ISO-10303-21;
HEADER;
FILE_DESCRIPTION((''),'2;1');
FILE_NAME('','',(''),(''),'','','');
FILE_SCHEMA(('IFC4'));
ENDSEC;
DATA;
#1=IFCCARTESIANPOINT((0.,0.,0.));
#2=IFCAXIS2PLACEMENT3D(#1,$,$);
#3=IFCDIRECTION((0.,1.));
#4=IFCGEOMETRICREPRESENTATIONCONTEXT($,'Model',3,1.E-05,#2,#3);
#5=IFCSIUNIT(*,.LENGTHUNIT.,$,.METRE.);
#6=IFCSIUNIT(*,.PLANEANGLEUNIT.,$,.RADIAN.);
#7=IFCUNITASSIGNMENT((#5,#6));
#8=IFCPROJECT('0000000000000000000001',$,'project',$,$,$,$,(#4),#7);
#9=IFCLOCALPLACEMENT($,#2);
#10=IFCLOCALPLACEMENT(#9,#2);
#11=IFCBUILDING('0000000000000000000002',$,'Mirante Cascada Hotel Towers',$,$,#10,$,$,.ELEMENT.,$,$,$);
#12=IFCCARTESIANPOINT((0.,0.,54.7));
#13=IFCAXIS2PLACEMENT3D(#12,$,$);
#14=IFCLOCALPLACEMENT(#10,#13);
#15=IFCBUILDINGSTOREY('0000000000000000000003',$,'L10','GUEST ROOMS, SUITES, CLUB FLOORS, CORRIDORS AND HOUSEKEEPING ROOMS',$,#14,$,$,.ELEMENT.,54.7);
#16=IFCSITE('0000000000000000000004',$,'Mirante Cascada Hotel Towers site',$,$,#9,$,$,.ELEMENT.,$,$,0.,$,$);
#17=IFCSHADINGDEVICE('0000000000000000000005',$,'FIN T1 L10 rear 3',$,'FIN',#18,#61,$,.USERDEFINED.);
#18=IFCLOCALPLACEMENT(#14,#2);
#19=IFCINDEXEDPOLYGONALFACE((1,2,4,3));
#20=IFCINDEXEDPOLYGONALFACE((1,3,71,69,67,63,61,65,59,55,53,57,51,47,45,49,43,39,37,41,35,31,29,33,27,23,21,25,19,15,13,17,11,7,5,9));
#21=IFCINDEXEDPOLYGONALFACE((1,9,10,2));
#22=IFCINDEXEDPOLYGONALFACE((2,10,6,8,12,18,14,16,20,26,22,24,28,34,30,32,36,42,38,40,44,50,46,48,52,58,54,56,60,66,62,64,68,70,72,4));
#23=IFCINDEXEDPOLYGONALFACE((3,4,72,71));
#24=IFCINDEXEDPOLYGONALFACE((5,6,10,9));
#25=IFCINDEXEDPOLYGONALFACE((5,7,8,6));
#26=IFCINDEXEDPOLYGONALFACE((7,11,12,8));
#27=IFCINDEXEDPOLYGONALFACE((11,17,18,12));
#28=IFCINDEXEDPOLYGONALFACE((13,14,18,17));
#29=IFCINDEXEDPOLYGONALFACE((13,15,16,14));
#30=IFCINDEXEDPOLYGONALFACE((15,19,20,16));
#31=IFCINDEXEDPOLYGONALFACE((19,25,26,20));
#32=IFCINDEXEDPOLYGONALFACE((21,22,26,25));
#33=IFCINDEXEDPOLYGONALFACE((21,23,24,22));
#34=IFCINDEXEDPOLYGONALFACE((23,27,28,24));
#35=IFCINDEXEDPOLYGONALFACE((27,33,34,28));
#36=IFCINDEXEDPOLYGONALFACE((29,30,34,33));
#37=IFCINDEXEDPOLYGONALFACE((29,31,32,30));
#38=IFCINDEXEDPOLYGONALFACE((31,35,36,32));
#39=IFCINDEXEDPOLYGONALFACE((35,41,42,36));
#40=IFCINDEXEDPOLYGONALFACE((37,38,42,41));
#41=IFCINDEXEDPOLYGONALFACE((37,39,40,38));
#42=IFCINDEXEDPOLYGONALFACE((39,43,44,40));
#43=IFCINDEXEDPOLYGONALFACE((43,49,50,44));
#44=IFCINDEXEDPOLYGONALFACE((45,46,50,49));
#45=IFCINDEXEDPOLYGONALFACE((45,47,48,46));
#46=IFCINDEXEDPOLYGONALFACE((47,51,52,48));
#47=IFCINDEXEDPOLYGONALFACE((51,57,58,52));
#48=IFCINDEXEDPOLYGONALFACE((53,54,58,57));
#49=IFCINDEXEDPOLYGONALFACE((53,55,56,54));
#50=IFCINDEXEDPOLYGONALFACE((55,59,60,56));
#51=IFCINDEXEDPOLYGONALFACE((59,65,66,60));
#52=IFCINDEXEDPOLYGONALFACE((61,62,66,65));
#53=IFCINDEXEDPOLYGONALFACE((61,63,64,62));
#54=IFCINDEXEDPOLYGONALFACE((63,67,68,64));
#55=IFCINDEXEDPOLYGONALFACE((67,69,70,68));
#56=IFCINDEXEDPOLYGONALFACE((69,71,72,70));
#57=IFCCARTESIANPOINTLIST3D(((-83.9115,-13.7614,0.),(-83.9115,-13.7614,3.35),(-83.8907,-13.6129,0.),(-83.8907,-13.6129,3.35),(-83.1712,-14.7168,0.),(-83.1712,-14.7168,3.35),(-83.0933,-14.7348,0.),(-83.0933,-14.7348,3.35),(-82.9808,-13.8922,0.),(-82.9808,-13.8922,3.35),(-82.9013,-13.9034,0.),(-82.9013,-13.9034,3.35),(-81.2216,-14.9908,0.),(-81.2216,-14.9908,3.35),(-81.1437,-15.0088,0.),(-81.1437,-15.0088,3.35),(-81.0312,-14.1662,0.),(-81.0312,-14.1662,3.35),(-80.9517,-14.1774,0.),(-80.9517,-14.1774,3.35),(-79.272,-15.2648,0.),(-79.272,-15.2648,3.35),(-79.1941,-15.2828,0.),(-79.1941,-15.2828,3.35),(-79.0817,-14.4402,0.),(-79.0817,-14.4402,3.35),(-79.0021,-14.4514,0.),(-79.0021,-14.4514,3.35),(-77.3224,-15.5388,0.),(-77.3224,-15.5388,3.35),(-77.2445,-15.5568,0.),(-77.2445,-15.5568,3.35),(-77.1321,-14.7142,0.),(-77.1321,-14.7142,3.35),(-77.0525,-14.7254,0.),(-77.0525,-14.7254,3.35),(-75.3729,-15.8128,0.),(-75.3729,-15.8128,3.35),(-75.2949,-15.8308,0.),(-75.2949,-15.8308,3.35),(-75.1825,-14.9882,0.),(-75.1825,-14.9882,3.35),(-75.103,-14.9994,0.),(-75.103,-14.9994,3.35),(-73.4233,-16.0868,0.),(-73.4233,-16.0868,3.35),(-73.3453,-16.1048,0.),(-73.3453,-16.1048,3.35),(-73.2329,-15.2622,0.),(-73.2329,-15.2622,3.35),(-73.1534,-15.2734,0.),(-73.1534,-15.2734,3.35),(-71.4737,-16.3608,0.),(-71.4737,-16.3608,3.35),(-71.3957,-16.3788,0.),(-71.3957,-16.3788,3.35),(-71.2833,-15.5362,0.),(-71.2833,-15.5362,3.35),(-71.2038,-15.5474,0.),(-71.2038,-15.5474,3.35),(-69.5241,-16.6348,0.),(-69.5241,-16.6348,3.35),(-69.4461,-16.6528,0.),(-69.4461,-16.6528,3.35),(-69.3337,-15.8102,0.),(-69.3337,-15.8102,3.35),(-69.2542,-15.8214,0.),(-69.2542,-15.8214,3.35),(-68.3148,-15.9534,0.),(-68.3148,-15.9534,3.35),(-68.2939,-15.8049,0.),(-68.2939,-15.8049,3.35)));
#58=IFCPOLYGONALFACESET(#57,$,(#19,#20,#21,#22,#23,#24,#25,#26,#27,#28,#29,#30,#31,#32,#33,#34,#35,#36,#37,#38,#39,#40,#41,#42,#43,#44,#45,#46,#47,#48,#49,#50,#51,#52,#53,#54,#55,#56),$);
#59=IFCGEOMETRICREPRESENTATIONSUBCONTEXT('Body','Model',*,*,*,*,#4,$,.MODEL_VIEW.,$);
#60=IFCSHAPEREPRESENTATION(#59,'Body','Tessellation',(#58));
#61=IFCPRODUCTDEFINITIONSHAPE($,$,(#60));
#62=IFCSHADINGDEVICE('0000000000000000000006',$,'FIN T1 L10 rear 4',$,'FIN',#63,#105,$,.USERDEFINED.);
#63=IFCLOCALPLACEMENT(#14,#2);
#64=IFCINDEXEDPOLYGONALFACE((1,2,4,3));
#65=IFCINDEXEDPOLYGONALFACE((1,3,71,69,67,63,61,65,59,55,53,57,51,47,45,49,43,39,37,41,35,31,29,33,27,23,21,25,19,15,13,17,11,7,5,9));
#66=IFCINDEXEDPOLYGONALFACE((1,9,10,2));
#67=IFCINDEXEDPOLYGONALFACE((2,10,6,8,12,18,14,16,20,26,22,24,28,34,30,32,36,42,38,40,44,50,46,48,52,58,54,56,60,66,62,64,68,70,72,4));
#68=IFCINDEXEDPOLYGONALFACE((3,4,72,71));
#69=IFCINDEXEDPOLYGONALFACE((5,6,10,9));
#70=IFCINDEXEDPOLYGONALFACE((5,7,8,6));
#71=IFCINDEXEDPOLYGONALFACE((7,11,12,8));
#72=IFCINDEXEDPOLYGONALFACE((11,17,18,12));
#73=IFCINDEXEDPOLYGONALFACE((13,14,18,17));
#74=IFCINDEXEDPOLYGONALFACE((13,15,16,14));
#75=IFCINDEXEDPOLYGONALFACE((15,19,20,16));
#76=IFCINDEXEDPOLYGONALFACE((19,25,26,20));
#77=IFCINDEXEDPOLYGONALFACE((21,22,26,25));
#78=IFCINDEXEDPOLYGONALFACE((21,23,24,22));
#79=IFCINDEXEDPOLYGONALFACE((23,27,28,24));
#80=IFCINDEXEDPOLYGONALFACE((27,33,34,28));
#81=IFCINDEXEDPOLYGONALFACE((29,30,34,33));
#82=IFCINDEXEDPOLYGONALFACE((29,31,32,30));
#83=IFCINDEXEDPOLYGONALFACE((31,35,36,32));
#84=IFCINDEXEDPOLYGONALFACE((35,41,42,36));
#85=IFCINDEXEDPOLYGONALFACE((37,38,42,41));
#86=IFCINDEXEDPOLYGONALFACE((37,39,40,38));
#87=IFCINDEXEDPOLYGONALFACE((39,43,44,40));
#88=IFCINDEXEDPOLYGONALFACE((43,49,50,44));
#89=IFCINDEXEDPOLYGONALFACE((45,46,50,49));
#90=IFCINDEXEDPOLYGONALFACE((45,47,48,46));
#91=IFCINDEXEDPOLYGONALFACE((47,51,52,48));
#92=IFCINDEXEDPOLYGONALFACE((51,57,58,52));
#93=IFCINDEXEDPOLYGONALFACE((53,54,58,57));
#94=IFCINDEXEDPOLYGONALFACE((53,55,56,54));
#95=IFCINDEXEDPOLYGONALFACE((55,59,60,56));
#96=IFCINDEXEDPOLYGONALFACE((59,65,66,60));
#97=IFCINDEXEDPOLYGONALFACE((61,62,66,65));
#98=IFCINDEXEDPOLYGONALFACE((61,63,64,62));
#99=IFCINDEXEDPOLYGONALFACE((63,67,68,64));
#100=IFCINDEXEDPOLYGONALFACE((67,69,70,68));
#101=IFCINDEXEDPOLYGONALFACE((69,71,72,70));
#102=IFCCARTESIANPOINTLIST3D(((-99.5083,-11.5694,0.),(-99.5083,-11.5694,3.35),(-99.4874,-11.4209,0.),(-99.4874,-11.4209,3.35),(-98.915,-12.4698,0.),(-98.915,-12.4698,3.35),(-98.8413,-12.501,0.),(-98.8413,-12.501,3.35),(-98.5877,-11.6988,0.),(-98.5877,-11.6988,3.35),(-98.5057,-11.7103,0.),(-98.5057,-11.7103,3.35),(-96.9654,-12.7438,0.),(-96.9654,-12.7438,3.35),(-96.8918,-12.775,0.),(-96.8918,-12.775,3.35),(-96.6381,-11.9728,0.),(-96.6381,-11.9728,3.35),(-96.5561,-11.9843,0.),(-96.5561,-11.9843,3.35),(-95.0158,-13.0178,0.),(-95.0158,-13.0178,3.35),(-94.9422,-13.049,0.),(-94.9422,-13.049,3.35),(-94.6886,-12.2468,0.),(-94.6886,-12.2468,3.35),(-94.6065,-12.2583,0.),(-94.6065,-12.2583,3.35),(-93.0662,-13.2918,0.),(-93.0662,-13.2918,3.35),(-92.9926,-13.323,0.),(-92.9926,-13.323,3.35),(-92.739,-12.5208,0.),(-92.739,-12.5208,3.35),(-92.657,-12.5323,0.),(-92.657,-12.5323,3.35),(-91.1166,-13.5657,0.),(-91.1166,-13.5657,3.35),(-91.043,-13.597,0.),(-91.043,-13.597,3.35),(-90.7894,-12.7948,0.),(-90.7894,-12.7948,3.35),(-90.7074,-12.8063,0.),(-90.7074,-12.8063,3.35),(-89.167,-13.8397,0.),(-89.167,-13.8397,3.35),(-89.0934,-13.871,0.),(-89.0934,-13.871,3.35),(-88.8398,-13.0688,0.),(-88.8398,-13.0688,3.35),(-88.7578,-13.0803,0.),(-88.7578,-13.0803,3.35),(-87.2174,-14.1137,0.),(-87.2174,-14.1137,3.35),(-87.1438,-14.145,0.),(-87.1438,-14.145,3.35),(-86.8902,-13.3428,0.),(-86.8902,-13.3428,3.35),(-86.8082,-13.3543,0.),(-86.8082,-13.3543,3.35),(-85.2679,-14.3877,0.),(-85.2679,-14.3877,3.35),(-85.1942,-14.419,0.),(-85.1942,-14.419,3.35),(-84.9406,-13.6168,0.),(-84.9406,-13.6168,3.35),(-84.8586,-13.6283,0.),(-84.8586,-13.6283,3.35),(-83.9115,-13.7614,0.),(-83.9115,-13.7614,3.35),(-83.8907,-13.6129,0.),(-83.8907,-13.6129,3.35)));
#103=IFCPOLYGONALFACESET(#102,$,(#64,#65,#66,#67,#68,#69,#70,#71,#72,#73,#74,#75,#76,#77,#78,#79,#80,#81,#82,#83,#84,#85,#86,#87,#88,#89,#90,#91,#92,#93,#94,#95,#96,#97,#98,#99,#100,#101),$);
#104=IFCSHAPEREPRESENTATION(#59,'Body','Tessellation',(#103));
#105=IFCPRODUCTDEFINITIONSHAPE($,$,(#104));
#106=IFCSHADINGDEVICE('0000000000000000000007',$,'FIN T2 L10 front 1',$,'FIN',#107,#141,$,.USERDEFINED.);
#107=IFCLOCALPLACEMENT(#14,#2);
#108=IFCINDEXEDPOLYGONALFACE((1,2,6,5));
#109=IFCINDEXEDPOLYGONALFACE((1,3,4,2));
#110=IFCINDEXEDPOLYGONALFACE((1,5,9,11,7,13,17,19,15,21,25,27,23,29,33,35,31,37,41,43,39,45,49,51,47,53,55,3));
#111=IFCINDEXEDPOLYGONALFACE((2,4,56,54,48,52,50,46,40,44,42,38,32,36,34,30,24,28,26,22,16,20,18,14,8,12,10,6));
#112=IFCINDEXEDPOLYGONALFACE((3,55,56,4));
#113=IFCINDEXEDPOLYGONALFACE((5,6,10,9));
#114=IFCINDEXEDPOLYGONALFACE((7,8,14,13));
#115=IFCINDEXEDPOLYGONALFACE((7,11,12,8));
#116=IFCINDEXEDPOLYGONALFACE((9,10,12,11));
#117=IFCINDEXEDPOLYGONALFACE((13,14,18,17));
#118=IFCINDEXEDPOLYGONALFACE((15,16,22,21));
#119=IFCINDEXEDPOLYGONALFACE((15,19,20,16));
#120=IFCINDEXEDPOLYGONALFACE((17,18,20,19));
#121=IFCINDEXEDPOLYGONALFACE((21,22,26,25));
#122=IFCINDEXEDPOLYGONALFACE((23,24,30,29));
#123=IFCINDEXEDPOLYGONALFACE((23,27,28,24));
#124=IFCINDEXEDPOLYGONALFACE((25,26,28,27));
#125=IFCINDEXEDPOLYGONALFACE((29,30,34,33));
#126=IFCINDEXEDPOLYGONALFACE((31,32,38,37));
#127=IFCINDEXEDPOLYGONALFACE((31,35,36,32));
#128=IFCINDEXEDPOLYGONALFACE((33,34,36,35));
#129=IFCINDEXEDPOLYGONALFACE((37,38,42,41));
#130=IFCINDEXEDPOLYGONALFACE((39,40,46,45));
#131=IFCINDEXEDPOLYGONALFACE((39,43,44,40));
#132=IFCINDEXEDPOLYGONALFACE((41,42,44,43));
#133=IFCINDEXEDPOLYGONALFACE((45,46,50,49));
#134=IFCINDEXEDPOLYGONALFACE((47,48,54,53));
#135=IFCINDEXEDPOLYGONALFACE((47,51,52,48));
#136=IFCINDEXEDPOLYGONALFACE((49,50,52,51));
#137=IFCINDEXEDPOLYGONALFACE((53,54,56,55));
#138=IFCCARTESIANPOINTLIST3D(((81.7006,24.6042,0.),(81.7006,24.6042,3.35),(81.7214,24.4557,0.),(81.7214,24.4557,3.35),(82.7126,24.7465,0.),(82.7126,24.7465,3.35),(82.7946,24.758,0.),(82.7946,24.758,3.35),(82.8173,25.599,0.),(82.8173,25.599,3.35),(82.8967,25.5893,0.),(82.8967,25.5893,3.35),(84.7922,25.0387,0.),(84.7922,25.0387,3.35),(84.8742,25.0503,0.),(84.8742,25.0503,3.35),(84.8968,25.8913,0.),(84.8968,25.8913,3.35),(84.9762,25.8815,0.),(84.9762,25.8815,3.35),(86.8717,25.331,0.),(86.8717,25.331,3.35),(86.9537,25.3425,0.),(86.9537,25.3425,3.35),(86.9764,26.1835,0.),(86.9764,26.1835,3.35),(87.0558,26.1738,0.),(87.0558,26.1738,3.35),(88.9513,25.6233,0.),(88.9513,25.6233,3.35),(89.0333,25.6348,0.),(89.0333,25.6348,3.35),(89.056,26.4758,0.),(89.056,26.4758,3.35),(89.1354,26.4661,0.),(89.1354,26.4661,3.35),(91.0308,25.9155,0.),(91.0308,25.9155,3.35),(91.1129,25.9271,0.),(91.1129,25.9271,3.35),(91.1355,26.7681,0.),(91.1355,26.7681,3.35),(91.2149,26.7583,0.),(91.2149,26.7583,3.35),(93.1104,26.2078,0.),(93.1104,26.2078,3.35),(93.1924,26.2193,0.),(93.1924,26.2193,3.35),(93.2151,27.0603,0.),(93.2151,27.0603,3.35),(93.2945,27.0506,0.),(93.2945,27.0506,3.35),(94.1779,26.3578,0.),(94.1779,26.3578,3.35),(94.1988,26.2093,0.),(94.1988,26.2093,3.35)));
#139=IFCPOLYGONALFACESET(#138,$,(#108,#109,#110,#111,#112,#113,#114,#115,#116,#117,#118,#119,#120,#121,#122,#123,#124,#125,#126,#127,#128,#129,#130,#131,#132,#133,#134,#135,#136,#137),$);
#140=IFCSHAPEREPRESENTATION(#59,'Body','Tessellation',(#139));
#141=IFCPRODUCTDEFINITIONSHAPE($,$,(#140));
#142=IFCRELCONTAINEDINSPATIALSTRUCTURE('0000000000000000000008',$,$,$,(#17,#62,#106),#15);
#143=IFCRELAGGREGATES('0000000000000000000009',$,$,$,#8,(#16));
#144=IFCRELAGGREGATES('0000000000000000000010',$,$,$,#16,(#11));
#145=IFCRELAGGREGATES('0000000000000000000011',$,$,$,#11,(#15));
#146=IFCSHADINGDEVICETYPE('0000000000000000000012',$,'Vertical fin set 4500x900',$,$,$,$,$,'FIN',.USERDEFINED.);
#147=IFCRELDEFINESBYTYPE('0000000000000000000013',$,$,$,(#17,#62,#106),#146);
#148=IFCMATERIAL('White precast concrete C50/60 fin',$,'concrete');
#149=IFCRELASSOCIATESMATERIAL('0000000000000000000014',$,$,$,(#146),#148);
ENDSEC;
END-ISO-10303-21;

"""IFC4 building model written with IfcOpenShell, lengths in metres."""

from ifc_helpers import new_model, si_unit, direction, frame, origin, place, context, subcontext, project, spatial, polyline, outline, extrude, material, type_object, element, save


model = new_model("IFC4")

# Units and contexts
model_context = context("Model", 3, precision=1e-05, world=origin(), true_north=direction((0.0, 1.0)))
body_context = subcontext(model_context, "Body", "Model", "MODEL_VIEW")
ifc_project = project(units=[si_unit("LENGTHUNIT", "METRE"), si_unit("PLANEANGLEUNIT", "RADIAN")], contexts=[model_context])

# Site, building, storey
site_placement = place(None, origin())
site = spatial("IfcSite", under=ifc_project, at=site_placement, Name="Mirante Cascada Hotel Towers site", CompositionType="ELEMENT", RefElevation=0.0)
building_placement = place(site_placement, origin())
building = spatial("IfcBuilding", under=site, at=building_placement, Name="Mirante Cascada Hotel Towers", CompositionType="ELEMENT")
storey_placement = place(building_placement, frame((0.0, 0.0, 54.7)))
storey = spatial("IfcBuildingStorey", under=building, at=storey_placement, Name="L10", Description="GUEST ROOMS, SUITES, CLUB FLOORS, CORRIDORS AND HOUSEKEEPING ROOMS", CompositionType="ELEMENT", Elevation=54.7)

# Shading devices
ifc_material_1 = material(Name="White precast concrete C50/60 fin", Category="concrete")
shading_device_type = type_object("IfcShadingDeviceType", Name="Vertical fin set 4500x900", ElementType="FIN", PredefinedType="USERDEFINED", material=ifc_material_1)
shading_device_1_placement = place(storey_placement, origin())
element("IfcShadingDevice", 1, at=shading_device_1_placement, inside=storey, type_object=shading_device_type, Name="FIN T1 L10 rear 3", ObjectType="FIN", PredefinedType="USERDEFINED", context=body_context, shape_type="SweptSolid", body=[
    extrude(outline(polyline([(-69.3337, -15.8102), (-71.2038, -15.5474), (-71.3957, -16.3788), (-71.4737, -16.3608), (-71.2833, -15.5362), (-73.1534, -15.2734), (-73.3453, -16.1048), (-73.4233, -16.0868), (-73.2329, -15.2622), (-75.103, -14.9994), (-75.2949, -15.8308), (-75.3729, -15.8128), (-75.1825, -14.9882), (-77.0525, -14.7254), (-77.2445, -15.5568), (-77.3224, -15.5388), (-77.1321, -14.7142), (-79.0021, -14.4514), (-79.1941, -15.2828), (-79.272, -15.2648), (-79.0817, -14.4402), (-80.9517, -14.1774), (-81.1437, -15.0088), (-81.2216, -14.9908), (-81.0312, -14.1662), (-82.9013, -13.9034), (-83.0933, -14.7348), (-83.1712, -14.7168), (-82.9808, -13.8922), (-83.9115, -13.7614), (-83.8907, -13.6129), (-68.2939, -15.8049), (-68.3148, -15.9534), (-69.2542, -15.8214), (-69.4461, -16.6528), (-69.5241, -16.6348), (-69.3337, -15.8102)])), origin(), (0.0, 0.0, 1.0), 3.35),
])
shading_device_2_placement = place(storey_placement, origin())
element("IfcShadingDevice", 2, at=shading_device_2_placement, inside=storey, type_object=shading_device_type, Name="FIN T1 L10 rear 4", ObjectType="FIN", PredefinedType="USERDEFINED", context=body_context, shape_type="SweptSolid", body=[
    extrude(outline(polyline([(-84.9406, -13.6168), (-86.8082, -13.3543), (-87.1438, -14.145), (-87.2174, -14.1137), (-86.8902, -13.3428), (-88.7578, -13.0803), (-89.0934, -13.871), (-89.167, -13.8397), (-88.8398, -13.0688), (-90.7074, -12.8063), (-91.043, -13.597), (-91.1166, -13.5657), (-90.7894, -12.7948), (-92.657, -12.5323), (-92.9926, -13.323), (-93.0662, -13.2918), (-92.739, -12.5208), (-94.6065, -12.2583), (-94.9422, -13.049), (-95.0158, -13.0178), (-94.6886, -12.2468), (-96.5561, -11.9843), (-96.8918, -12.775), (-96.9654, -12.7438), (-96.6381, -11.9728), (-98.5057, -11.7103), (-98.8413, -12.501), (-98.915, -12.4698), (-98.5877, -11.6988), (-99.5083, -11.5694), (-99.4874, -11.4209), (-83.8907, -13.6129), (-83.9115, -13.7614), (-84.8586, -13.6283), (-85.1942, -14.419), (-85.2679, -14.3877), (-84.9406, -13.6168)])), origin(), (0.0, 0.0, 1.0), 3.35),
])
shading_device_3_placement = place(storey_placement, origin())
element("IfcShadingDevice", 3, at=shading_device_3_placement, inside=storey, type_object=shading_device_type, Name="FIN T2 L10 front 1", ObjectType="FIN", PredefinedType="USERDEFINED", context=body_context, shape_type="SweptSolid", body=[
    extrude(outline(polyline([(82.8967, 25.5893), (82.7946, 24.758), (84.7922, 25.0387), (84.8968, 25.8913), (84.9762, 25.8815), (84.8742, 25.0503), (86.8717, 25.331), (86.9764, 26.1835), (87.0558, 26.1738), (86.9537, 25.3425), (88.9513, 25.6233), (89.056, 26.4758), (89.1354, 26.4661), (89.0333, 25.6348), (91.0308, 25.9155), (91.1355, 26.7681), (91.2149, 26.7583), (91.1129, 25.9271), (93.1104, 26.2078), (93.2151, 27.0603), (93.2945, 27.0506), (93.1924, 26.2193), (94.1779, 26.3578), (94.1988, 26.2093), (81.7214, 24.4557), (81.7006, 24.6042), (82.7126, 24.7465), (82.8173, 25.599), (82.8967, 25.5893)])), origin(), (0.0, 0.0, 1.0), 3.35),
])

save(model, "model.ifc")
